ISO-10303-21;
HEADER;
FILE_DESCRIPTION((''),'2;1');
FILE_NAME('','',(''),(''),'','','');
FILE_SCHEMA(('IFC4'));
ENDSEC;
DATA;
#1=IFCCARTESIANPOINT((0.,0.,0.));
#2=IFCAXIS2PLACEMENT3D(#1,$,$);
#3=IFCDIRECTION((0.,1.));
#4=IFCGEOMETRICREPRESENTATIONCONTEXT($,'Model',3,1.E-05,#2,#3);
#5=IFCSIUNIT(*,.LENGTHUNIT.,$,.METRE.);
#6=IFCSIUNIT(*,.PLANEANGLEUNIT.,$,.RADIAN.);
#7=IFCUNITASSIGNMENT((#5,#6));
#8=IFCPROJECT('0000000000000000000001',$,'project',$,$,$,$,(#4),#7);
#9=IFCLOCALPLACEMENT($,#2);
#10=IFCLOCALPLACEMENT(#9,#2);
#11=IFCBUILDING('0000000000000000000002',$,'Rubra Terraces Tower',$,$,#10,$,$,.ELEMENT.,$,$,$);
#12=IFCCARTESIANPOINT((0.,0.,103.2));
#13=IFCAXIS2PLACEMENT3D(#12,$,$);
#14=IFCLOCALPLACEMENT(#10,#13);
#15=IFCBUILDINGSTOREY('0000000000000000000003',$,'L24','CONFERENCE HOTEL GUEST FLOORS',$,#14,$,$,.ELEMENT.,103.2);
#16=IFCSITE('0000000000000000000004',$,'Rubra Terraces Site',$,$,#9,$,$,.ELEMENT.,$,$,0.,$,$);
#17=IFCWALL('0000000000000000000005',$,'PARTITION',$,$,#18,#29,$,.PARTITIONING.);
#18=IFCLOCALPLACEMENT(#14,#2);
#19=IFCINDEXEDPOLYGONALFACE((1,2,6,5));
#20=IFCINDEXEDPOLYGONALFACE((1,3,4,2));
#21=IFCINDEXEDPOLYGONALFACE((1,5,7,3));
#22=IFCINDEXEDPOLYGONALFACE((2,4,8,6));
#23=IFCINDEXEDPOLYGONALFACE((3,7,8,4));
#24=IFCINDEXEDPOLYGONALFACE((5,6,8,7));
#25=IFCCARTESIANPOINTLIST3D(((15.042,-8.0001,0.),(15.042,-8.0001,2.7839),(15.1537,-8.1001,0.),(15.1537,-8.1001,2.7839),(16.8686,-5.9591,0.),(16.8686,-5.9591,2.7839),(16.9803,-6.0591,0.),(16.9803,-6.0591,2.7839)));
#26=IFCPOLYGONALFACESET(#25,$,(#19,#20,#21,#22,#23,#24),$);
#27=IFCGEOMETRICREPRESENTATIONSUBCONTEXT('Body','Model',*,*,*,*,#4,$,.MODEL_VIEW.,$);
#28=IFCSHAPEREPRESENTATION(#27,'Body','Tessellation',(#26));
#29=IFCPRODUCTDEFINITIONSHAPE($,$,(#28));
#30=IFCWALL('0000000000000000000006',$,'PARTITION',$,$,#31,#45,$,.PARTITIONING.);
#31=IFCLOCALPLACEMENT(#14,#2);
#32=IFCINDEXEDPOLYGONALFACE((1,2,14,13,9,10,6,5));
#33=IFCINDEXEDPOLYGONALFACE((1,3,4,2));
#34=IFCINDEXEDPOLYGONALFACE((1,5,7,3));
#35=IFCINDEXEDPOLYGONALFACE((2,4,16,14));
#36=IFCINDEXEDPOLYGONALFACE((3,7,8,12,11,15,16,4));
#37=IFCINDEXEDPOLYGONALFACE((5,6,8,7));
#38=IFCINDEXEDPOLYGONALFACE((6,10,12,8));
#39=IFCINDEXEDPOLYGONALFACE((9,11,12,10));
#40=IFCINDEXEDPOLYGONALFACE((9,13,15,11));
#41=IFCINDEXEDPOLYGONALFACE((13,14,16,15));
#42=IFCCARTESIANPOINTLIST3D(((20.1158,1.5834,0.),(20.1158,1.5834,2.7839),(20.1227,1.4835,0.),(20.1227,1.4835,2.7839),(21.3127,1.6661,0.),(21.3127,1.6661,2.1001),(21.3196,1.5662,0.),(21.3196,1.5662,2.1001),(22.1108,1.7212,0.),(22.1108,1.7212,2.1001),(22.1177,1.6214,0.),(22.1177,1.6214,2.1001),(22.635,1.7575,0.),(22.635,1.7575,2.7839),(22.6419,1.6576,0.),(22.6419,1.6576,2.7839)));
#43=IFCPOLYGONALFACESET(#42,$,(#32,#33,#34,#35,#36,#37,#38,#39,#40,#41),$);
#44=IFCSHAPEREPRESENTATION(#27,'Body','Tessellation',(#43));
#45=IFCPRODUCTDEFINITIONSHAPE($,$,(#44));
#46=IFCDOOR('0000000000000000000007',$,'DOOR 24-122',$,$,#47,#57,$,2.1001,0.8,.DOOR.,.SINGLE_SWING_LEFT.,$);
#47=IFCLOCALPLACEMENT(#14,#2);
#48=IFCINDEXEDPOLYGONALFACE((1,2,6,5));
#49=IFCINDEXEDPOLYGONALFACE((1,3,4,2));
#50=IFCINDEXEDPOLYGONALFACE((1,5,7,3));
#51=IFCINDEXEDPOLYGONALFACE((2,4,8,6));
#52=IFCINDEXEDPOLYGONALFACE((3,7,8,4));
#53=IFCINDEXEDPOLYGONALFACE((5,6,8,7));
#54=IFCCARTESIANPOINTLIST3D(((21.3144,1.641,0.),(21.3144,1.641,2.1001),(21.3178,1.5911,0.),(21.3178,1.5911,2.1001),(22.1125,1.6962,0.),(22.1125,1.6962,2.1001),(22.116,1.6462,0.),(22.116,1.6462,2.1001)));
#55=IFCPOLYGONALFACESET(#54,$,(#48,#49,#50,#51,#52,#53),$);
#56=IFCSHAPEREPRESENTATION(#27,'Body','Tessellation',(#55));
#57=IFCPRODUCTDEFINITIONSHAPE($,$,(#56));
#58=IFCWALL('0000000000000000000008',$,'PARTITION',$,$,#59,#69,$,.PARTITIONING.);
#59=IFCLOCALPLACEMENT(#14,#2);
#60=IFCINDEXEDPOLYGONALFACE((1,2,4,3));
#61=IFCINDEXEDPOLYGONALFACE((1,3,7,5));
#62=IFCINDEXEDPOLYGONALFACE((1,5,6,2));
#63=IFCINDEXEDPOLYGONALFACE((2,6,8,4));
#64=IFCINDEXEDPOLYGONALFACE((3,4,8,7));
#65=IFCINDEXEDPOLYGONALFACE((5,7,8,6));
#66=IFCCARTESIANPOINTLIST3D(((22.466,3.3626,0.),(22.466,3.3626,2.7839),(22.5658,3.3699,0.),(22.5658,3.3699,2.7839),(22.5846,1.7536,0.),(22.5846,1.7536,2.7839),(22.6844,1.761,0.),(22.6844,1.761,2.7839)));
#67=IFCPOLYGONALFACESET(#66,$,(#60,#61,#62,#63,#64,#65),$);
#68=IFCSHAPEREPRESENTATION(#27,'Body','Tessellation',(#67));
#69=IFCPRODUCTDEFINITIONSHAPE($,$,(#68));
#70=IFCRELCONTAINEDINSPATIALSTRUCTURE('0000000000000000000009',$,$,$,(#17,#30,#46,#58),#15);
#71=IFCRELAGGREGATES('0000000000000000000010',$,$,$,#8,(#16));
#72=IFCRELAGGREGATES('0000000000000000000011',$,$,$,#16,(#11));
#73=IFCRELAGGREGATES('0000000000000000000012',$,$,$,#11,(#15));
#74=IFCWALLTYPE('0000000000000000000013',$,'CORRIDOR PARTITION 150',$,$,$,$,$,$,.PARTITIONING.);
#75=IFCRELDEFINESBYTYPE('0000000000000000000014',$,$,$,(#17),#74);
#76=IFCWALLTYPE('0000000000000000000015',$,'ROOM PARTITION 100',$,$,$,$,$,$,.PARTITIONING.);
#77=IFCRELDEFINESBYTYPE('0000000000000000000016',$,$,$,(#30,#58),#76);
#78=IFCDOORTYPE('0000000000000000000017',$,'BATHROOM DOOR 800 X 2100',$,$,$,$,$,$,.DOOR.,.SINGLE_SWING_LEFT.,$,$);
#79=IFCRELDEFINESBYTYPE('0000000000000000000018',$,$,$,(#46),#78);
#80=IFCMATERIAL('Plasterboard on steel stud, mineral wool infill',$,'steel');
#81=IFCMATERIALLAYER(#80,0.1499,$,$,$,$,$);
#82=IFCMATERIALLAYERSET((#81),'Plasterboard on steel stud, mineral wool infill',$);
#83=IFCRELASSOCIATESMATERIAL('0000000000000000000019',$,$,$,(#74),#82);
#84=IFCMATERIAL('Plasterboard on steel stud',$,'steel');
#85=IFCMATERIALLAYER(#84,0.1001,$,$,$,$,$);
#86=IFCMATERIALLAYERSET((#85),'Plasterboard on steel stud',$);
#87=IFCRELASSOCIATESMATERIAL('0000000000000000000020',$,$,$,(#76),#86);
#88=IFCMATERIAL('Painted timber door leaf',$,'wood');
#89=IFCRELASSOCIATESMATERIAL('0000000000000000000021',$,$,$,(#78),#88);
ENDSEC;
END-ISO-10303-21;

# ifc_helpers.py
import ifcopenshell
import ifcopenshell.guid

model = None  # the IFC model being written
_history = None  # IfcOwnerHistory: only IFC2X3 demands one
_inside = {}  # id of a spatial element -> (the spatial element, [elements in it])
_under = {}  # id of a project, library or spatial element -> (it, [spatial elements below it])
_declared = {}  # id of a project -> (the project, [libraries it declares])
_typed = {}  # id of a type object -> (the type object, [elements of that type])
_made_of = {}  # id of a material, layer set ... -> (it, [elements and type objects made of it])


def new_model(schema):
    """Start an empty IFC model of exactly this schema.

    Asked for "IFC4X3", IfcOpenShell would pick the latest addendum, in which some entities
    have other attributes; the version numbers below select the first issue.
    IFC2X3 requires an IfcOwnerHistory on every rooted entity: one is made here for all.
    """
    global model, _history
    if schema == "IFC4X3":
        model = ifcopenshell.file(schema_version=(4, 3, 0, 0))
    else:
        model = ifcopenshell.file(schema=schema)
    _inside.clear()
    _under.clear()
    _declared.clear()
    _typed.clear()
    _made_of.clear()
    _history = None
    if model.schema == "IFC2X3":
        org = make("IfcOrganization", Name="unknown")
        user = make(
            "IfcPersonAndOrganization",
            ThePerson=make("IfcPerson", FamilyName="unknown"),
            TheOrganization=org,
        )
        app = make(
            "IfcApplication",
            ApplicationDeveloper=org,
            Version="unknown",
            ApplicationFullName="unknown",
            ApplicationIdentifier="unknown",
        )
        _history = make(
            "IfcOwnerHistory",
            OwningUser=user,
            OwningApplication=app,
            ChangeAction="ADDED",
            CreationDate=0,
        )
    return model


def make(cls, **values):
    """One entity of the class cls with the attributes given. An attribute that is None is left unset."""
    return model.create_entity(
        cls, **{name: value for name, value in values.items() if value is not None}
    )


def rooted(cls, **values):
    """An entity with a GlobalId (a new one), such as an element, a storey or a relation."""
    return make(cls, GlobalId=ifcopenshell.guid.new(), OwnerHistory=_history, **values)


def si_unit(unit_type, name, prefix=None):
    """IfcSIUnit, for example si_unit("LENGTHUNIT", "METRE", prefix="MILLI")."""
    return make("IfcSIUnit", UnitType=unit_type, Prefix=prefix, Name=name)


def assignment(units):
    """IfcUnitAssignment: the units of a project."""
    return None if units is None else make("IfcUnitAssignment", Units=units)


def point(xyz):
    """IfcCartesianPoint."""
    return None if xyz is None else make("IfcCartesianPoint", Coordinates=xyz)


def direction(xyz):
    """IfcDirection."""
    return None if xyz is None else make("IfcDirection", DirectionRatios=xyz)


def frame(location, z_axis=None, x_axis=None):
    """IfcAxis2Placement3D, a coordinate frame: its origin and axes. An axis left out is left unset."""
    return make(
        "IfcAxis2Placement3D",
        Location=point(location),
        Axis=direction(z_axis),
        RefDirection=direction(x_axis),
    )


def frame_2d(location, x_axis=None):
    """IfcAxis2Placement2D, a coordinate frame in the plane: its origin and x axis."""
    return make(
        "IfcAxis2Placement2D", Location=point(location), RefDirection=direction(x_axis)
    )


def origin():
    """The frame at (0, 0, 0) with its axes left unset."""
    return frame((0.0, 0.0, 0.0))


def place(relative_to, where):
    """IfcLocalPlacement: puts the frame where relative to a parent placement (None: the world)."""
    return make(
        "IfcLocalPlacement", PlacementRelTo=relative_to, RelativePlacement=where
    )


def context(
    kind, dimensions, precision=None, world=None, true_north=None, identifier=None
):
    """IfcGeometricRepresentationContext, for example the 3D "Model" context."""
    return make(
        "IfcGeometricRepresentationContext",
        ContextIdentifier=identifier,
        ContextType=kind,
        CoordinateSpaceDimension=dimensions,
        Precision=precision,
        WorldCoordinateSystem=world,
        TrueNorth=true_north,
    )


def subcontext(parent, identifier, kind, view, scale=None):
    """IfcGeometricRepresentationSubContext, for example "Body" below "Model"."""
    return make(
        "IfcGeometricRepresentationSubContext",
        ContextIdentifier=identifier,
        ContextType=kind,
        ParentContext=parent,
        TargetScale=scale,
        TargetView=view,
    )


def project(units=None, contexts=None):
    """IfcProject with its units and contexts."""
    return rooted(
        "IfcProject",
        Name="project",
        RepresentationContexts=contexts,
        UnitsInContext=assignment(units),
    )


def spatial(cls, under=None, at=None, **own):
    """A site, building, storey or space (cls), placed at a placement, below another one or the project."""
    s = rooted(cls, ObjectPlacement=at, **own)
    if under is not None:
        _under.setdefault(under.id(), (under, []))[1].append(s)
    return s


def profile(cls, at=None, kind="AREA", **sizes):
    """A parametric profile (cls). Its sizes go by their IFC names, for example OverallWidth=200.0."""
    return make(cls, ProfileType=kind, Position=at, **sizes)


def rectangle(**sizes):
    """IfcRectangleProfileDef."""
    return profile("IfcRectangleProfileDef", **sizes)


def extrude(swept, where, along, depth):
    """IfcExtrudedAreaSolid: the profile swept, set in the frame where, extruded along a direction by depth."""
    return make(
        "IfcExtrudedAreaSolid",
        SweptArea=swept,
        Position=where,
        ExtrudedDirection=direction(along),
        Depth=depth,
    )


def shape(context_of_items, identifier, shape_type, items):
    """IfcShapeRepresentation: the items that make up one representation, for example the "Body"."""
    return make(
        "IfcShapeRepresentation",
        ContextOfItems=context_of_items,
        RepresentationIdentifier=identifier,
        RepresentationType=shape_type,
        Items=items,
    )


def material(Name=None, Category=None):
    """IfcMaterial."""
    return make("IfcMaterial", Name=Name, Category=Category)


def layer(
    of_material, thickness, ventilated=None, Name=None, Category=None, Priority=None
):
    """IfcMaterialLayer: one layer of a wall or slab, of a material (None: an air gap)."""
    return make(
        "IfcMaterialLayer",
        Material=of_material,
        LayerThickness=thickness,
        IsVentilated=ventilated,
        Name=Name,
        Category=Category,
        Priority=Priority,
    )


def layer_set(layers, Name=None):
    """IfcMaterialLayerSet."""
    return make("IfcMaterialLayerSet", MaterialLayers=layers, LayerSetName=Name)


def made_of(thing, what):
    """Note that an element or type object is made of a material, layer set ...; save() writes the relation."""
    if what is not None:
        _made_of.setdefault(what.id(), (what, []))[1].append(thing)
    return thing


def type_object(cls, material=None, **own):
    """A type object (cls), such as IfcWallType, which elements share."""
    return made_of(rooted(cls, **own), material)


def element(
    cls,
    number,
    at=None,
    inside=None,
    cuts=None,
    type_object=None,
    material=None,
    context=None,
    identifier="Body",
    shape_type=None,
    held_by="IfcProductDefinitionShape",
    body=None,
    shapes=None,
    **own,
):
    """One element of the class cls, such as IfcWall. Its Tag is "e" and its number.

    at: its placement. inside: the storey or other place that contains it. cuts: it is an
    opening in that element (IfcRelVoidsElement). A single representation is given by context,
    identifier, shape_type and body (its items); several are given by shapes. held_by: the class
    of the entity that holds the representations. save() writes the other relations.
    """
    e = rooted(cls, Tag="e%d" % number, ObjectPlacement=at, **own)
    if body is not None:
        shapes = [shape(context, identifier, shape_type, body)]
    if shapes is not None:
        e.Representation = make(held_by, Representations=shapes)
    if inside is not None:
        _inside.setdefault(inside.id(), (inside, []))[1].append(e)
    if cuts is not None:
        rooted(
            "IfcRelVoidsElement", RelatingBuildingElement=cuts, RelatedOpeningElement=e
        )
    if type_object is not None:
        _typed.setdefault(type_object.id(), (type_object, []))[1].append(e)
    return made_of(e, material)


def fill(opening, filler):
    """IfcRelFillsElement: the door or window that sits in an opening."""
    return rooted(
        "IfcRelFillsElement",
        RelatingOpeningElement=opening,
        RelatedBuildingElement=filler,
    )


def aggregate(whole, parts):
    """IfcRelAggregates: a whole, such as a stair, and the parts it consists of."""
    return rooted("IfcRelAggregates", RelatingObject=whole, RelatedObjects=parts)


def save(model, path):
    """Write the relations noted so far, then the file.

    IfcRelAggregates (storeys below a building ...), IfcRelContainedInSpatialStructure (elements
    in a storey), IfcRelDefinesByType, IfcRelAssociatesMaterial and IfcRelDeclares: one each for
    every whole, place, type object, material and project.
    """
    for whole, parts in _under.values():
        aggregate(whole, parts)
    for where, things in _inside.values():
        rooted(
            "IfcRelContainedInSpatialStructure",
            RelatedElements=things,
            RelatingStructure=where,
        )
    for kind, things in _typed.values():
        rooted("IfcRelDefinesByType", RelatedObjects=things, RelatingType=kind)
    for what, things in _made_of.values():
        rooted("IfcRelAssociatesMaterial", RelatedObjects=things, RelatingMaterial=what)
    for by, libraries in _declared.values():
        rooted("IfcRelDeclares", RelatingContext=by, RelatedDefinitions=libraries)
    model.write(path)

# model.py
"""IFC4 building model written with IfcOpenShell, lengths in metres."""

from ifc_helpers import new_model, si_unit, direction, frame, frame_2d, origin, place, context, subcontext, project, spatial, rectangle, extrude, material, layer, layer_set, type_object, element, fill, save


model = new_model("IFC4")

# Units and contexts
model_context = context("Model", 3, precision=1e-05, world=origin(), true_north=direction((0.0, 1.0)))
body_context = subcontext(model_context, "Body", "Model", "MODEL_VIEW")
ifc_project = project(units=[si_unit("LENGTHUNIT", "METRE"), si_unit("PLANEANGLEUNIT", "RADIAN")], contexts=[model_context])

# Site, building, storey
site_placement = place(None, origin())
site = spatial("IfcSite", under=ifc_project, at=site_placement, Name="Rubra Terraces Site", CompositionType="ELEMENT", RefElevation=0.0)
building_placement = place(site_placement, origin())
building = spatial("IfcBuilding", under=site, at=building_placement, Name="Rubra Terraces Tower", CompositionType="ELEMENT")
storey_placement = place(building_placement, frame((0.0, 0.0, 103.2)))
storey = spatial("IfcBuildingStorey", under=building, at=storey_placement, Name="L24", Description="CONFERENCE HOTEL GUEST FLOORS", CompositionType="ELEMENT", Elevation=103.2)

# Shared definitions
ifc_material_1 = material(Name="Plasterboard on steel stud, mineral wool infill", Category="steel")
ifc_layer_1 = layer(ifc_material_1, 0.1499)
ifc_layer_set_1 = layer_set([ifc_layer_1], Name="Plasterboard on steel stud, mineral wool infill")
wall_type_1 = type_object("IfcWallType", Name="CORRIDOR PARTITION 150", PredefinedType="PARTITIONING", material=ifc_layer_set_1)

# Shared definitions
ifc_material_2 = material(Name="Painted timber door leaf", Category="wood")

# Wall
wall_1_placement = place(storey_placement, frame((16.9246, -6.009, 0.0), z_axis=(0.0, 0.0, 1.0), x_axis=(-0.666894, -0.745153, 0.0)))
element("IfcWall", 1, at=wall_1_placement, inside=storey, type_object=wall_type_1, Name="PARTITION", PredefinedType="PARTITIONING", context=body_context, shape_type="SweptSolid", body=[
    extrude(rectangle(XDim=2.739, YDim=0.1499, at=frame_2d((1.3696, 0.0))), origin(), (0.0, 0.0, 1.0), 2.7839),
])

# Wall, opening, door
ifc_material_3 = material(Name="Plasterboard on steel stud", Category="steel")
ifc_layer_2 = layer(ifc_material_3, 0.1001)
ifc_layer_set_2 = layer_set([ifc_layer_2], Name="Plasterboard on steel stud")
wall_type_2 = type_object("IfcWallType", Name="ROOM PARTITION 100", PredefinedType="PARTITIONING", material=ifc_layer_set_2)
wall_2_placement = place(storey_placement, frame((20.1191, 1.5334, 0.0), z_axis=(0.0, 0.0, 1.0), x_axis=(0.997621, 0.068938, 0.0)))
wall_2 = element("IfcWall", 2, at=wall_2_placement, inside=storey, type_object=wall_type_2, Name="PARTITION", PredefinedType="PARTITIONING", context=body_context, shape_type="SweptSolid", body=[
    extrude(rectangle(XDim=2.5251, YDim=0.1001, at=frame_2d((1.2627, 0.0))), origin(), (0.0, 0.0, 1.0), 2.7839),
])
opening_1_placement = place(wall_2_placement, frame((1.2, 0.0, 0.0)))
opening_1 = element("IfcOpeningElement", 3, at=opening_1_placement, cuts=wall_2, PredefinedType="OPENING", context=body_context, shape_type="SweptSolid", body=[
    extrude(rectangle(XDim=0.8, YDim=2.1001, at=frame_2d((0.3999, 1.05))), frame((0.0, 0.0601, 0.0), z_axis=(0.0, -1.0, 0.0), x_axis=(1.0, 0.0, 0.0)), (0.0, 0.0, 1.0), 0.1201),
])
door_type_1 = type_object("IfcDoorType", Name="BATHROOM DOOR 800 X 2100", OperationType="SINGLE_SWING_LEFT", PredefinedType="DOOR", material=ifc_material_2)
door_1_placement = place(opening_1_placement, origin())
door_1 = element("IfcDoor", 4, at=door_1_placement, inside=storey, type_object=door_type_1, Name="DOOR 24-122", OperationType="SINGLE_SWING_LEFT", OverallHeight=2.1001, OverallWidth=0.8, PredefinedType="DOOR", context=body_context, shape_type="SweptSolid", body=[
    extrude(rectangle(XDim=0.8, YDim=2.1001, at=frame_2d((0.3999, 1.05))), frame((0.0, 0.0249, 0.0), z_axis=(0.0, -1.0, 0.0), x_axis=(1.0, 0.0, 0.0)), (0.0, 0.0, 1.0), 0.05),
])
fill(opening_1, door_1)

# Wall
wall_3_placement = place(storey_placement, frame((22.6345, 1.7573, 0.0), z_axis=(0.0, 0.0, 1.0), x_axis=(-0.073548, 0.997292, 0.0)))
element("IfcWall", 5, at=wall_3_placement, inside=storey, type_object=wall_type_2, Name="PARTITION", PredefinedType="PARTITIONING", context=body_context, shape_type="SweptSolid", body=[
    extrude(rectangle(XDim=1.6133, YDim=0.1001, at=frame_2d((0.8066, 0.0))), origin(), (0.0, 0.0, 1.0), 2.7839),
])

save(model, "model.ifc")
